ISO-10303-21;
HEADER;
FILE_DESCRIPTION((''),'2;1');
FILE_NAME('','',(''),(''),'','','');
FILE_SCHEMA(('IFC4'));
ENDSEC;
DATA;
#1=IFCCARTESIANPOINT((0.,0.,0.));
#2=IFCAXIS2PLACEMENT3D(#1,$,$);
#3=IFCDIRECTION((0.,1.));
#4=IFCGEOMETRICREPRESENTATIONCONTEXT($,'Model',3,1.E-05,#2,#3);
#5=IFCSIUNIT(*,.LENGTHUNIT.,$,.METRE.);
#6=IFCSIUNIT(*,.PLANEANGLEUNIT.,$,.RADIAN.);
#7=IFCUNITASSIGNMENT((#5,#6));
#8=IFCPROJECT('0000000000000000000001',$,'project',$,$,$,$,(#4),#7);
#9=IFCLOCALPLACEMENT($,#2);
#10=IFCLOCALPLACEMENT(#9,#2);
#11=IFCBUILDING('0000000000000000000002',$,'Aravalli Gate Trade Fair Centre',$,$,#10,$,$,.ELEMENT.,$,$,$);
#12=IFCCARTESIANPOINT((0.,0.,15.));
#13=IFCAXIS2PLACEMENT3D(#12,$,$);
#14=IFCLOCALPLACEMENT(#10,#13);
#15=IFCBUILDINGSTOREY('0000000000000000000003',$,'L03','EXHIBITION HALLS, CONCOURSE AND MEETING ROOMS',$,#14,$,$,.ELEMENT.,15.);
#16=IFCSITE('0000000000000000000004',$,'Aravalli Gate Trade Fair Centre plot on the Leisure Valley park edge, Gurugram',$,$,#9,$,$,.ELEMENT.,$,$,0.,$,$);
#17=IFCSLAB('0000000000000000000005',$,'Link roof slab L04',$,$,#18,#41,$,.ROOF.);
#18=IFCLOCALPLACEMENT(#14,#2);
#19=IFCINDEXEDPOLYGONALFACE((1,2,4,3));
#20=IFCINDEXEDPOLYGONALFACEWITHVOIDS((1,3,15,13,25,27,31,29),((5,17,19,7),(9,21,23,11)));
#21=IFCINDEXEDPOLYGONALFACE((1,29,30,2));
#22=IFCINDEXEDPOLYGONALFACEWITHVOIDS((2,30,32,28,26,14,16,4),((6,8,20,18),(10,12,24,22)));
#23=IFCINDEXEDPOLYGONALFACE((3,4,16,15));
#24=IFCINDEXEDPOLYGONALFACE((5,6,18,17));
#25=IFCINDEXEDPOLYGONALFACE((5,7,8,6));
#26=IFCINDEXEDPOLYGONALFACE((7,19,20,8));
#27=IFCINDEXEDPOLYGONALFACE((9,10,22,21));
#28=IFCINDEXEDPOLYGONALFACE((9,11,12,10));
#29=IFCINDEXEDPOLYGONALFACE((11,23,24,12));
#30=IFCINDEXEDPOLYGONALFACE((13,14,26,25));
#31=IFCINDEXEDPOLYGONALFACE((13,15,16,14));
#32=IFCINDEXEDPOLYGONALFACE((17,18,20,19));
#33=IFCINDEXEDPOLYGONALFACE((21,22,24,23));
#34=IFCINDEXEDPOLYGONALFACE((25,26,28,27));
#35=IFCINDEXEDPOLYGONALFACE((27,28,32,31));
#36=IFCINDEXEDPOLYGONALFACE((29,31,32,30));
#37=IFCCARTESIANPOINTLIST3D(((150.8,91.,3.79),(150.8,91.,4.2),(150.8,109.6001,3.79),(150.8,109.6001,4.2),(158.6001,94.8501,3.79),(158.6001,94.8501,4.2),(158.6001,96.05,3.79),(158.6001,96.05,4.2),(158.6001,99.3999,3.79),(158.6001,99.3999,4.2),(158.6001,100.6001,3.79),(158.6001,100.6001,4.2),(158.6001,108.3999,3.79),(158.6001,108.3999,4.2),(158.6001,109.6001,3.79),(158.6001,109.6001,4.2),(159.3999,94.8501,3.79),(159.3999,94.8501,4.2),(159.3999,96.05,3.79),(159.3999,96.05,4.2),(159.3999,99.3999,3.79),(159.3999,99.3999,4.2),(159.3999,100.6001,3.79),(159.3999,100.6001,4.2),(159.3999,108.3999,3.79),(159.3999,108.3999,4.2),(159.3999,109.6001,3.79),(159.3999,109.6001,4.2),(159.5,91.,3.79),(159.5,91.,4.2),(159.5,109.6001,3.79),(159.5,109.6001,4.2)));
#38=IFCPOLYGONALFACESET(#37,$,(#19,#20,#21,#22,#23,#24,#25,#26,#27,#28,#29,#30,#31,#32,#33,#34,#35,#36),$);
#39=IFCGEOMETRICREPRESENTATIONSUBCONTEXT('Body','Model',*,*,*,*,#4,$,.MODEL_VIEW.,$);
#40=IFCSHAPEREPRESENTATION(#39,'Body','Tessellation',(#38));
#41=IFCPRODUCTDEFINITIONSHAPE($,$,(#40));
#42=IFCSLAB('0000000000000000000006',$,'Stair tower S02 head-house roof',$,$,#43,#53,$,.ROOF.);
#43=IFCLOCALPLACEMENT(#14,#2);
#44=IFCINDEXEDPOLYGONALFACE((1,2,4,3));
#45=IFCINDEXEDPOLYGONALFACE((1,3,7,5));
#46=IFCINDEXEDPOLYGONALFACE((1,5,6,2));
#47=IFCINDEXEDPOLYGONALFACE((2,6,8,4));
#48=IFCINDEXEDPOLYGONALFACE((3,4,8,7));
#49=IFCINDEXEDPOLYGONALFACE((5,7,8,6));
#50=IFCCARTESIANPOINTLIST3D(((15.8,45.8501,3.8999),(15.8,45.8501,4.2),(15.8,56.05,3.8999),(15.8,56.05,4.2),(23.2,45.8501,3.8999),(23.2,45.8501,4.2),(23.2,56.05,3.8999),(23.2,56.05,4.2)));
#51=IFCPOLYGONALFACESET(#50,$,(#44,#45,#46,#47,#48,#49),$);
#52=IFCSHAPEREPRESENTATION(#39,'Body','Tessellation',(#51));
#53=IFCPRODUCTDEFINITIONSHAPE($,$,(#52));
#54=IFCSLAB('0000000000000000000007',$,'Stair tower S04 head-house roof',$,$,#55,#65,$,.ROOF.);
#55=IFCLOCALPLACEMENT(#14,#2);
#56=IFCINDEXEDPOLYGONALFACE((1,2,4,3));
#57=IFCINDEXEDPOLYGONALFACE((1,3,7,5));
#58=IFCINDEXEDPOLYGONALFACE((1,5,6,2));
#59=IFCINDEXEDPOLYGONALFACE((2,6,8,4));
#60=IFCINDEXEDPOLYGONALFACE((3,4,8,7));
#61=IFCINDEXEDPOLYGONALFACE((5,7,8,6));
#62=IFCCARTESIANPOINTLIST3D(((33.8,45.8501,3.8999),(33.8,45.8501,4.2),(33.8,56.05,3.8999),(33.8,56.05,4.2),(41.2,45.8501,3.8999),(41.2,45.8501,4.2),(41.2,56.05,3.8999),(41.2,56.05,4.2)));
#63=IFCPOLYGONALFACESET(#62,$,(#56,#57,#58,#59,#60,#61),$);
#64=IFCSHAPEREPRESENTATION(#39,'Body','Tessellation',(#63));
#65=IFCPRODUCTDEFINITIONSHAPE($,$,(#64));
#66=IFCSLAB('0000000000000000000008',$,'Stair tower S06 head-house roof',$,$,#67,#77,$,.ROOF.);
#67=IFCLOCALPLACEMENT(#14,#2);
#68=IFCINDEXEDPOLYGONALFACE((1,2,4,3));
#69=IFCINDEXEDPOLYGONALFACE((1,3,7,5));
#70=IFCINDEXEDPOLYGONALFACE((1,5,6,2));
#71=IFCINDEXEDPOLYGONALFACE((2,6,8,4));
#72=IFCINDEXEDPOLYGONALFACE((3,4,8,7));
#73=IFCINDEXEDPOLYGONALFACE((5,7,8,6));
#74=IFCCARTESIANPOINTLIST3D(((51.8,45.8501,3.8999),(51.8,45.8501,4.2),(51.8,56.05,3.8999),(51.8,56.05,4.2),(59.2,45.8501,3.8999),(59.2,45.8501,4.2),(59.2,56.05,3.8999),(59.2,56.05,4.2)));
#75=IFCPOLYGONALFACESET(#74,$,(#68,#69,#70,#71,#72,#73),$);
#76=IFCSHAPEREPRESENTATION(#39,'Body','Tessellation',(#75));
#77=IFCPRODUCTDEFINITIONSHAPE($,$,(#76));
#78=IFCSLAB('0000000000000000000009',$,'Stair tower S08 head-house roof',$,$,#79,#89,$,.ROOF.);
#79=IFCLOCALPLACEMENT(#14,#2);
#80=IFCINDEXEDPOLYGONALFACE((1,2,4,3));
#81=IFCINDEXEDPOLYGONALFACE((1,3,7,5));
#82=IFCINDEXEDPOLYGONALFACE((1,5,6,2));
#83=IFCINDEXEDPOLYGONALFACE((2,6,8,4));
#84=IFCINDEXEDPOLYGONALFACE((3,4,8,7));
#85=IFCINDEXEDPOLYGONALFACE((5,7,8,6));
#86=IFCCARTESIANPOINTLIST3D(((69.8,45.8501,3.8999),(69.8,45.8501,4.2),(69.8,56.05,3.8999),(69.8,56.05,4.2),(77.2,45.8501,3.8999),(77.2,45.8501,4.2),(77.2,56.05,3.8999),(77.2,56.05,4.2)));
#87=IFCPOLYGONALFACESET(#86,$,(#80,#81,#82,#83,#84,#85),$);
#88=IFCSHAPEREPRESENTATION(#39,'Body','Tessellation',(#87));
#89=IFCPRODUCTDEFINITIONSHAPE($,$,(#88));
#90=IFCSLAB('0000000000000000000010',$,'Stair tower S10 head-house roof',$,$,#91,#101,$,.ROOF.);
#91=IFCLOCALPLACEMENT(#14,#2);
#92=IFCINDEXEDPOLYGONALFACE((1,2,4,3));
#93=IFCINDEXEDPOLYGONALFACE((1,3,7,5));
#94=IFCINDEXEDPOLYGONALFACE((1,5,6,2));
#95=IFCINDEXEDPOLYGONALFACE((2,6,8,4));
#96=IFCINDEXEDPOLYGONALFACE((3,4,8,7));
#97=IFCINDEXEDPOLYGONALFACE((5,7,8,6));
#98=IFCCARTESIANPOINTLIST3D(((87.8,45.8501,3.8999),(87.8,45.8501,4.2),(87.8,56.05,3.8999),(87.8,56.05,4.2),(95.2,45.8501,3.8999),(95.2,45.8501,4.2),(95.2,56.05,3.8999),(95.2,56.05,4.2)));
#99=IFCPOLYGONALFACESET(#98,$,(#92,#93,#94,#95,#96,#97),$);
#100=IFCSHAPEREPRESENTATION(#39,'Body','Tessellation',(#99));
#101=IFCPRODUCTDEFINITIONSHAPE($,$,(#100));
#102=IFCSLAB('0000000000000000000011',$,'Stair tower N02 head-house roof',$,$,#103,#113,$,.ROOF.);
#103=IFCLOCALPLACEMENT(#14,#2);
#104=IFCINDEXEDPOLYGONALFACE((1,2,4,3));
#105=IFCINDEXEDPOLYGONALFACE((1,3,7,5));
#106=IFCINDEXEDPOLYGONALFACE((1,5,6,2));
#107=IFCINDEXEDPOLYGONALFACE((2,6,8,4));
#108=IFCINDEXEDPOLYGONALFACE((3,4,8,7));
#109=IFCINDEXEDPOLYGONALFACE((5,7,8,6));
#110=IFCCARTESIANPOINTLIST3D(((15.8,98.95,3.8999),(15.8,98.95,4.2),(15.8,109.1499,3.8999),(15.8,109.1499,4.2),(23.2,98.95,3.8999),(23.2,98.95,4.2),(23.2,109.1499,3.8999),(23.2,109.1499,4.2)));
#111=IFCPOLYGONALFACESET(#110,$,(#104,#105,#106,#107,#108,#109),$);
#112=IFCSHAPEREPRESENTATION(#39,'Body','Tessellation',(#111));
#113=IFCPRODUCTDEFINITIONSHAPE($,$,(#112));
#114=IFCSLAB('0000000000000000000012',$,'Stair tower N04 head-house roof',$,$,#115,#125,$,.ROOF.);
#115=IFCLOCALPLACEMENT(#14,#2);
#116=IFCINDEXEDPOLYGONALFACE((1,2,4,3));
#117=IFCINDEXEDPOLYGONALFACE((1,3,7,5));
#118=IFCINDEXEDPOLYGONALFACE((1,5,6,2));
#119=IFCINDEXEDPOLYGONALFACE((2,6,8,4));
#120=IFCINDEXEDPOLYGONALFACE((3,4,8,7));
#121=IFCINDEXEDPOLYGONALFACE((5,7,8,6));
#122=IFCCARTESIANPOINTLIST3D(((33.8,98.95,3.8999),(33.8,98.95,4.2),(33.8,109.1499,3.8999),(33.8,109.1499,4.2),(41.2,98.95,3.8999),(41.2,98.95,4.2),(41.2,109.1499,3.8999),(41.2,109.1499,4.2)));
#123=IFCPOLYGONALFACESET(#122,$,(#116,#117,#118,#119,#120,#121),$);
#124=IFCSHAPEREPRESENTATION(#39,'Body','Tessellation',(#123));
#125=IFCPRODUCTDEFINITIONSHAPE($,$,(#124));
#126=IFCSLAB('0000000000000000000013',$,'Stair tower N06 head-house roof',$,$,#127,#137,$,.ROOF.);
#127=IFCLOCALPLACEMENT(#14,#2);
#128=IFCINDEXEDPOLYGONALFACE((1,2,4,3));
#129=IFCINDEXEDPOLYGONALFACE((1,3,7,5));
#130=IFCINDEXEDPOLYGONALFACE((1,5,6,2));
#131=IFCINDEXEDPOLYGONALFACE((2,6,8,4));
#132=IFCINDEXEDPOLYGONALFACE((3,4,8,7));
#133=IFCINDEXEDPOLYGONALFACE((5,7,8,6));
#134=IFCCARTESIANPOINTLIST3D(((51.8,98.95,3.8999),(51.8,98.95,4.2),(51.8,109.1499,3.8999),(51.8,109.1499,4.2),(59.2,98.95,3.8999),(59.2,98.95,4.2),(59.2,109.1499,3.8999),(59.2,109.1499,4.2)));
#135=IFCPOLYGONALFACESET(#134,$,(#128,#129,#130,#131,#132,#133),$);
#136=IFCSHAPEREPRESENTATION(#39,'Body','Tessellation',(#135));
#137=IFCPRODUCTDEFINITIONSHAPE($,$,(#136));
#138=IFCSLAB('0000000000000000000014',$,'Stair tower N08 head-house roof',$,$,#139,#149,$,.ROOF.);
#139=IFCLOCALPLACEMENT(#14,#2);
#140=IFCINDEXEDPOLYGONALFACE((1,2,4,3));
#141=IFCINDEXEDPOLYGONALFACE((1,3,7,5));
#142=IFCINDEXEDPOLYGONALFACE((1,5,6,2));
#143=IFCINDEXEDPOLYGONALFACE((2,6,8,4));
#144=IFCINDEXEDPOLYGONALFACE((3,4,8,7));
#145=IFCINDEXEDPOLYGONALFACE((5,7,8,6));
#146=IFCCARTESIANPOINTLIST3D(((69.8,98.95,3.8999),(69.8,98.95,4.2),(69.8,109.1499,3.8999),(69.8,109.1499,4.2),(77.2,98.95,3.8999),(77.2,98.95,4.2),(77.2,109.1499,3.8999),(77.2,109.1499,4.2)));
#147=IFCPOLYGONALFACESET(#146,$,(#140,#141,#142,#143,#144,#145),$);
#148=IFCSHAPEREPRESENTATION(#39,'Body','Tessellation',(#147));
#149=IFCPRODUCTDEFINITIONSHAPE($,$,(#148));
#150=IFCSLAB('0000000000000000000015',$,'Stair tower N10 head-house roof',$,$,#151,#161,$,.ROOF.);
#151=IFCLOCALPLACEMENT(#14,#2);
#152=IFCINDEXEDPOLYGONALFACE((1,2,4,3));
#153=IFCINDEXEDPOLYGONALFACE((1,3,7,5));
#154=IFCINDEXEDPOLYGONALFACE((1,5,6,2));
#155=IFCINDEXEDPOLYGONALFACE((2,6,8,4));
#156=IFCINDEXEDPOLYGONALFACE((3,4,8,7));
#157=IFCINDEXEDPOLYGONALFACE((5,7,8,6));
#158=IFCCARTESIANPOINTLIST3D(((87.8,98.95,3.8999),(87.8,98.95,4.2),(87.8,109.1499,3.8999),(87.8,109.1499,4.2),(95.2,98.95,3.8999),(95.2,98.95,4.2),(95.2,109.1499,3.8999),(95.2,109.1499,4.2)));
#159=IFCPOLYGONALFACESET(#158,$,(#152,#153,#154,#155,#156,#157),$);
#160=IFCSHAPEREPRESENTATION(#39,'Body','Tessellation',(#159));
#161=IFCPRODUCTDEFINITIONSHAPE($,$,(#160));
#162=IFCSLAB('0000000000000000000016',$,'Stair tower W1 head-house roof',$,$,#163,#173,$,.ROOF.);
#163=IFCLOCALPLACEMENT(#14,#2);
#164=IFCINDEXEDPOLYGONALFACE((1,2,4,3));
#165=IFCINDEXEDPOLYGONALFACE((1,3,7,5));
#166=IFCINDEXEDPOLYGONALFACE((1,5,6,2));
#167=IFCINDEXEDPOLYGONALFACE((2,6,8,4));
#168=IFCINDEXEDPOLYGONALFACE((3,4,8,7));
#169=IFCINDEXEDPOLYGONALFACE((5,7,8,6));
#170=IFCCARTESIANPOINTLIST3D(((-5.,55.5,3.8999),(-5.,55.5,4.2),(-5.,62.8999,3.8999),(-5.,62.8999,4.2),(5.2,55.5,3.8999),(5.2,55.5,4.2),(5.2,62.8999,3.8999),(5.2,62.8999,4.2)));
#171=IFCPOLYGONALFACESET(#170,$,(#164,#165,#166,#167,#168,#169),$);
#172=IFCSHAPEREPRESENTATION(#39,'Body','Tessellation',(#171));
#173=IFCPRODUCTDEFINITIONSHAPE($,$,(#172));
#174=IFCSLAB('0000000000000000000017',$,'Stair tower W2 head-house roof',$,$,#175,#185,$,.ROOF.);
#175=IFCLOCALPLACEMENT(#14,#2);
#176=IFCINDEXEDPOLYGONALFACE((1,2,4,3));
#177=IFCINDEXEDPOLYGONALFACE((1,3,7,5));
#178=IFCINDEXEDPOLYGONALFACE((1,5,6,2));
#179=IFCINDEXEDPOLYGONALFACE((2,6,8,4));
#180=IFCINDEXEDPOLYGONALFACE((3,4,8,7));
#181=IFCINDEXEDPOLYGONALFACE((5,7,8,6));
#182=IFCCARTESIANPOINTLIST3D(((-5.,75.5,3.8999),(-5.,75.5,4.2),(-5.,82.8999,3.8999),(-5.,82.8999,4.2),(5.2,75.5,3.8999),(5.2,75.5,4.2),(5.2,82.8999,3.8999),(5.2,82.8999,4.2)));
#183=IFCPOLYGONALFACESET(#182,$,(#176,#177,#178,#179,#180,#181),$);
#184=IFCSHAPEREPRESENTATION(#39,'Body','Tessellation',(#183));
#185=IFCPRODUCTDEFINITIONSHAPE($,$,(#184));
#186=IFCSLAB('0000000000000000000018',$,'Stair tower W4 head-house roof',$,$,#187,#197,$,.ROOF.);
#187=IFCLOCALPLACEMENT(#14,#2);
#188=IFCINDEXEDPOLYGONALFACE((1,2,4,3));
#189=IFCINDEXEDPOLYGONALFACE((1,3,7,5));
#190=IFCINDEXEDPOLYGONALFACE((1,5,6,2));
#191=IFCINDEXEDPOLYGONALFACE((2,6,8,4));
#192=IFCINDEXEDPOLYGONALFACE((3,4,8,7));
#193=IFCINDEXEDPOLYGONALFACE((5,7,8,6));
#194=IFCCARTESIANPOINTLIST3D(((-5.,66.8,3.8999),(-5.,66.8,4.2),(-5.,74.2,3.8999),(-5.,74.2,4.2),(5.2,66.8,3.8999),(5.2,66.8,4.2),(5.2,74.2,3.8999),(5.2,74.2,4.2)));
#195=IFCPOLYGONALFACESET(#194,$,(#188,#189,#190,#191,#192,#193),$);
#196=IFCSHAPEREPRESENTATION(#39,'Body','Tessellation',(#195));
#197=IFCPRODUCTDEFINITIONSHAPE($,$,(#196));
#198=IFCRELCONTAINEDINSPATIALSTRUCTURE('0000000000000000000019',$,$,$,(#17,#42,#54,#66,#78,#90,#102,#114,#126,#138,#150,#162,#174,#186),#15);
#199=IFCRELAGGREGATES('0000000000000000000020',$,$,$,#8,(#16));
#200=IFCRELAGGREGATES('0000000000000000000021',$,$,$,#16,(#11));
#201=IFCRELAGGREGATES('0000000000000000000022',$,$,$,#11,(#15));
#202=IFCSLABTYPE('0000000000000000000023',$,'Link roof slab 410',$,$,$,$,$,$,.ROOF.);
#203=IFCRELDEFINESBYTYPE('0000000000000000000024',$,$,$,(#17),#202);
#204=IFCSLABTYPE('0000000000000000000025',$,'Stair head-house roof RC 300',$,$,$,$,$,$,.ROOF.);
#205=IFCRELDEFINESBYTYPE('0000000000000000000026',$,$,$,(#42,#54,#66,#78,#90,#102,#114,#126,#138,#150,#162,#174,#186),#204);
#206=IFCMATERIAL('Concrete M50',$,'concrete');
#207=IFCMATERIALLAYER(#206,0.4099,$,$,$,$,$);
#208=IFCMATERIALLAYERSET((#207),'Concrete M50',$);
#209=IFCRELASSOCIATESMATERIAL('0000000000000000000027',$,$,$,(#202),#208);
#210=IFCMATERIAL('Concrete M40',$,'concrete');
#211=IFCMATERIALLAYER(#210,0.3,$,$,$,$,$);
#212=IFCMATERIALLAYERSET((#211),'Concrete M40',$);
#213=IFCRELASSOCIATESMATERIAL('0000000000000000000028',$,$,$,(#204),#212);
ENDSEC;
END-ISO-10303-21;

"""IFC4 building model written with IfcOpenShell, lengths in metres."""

from ifc_helpers import new_model, si_unit, direction, frame, origin, place, context, subcontext, project, spatial, polyline, outline, extrude, material, layer, layer_set, type_object, element, save


model = new_model("IFC4")

# Units and contexts
model_context = context("Model", 3, precision=1e-05, world=origin(), true_north=direction((0.0, 1.0)))
body_context = subcontext(model_context, "Body", "Model", "MODEL_VIEW")
ifc_project = project(units=[si_unit("LENGTHUNIT", "METRE"), si_unit("PLANEANGLEUNIT", "RADIAN")], contexts=[model_context])

# Site, building, storey
site_placement = place(None, origin())
site = spatial("IfcSite", under=ifc_project, at=site_placement, Name="Aravalli Gate Trade Fair Centre plot on the Leisure Valley park edge, Gurugram", CompositionType="ELEMENT", RefElevation=0.0)
building_placement = place(site_placement, origin())
building = spatial("IfcBuilding", under=site, at=building_placement, Name="Aravalli Gate Trade Fair Centre", CompositionType="ELEMENT")
storey_placement = place(building_placement, frame((0.0, 0.0, 15.0)))
storey = spatial("IfcBuildingStorey", under=building, at=storey_placement, Name="L03", Description="EXHIBITION HALLS, CONCOURSE AND MEETING ROOMS", CompositionType="ELEMENT", Elevation=15.0)

# Slabs
ifc_material_1 = material(Name="Concrete M50", Category="concrete")
ifc_layer_1 = layer(ifc_material_1, 0.4099)
ifc_layer_set_1 = layer_set([ifc_layer_1], Name="Concrete M50")
slab_type_1 = type_object("IfcSlabType", Name="Link roof slab 410", PredefinedType="ROOF", material=ifc_layer_set_1)
slab_1_placement = place(storey_placement, frame((0.0, 0.0, 3.79)))
element("IfcSlab", 1, at=slab_1_placement, inside=storey, type_object=slab_type_1, Name="Link roof slab L04", PredefinedType="ROOF", context=body_context, shape_type="SweptSolid", body=[
    extrude(outline(polyline([(159.5, 109.6001), (159.5, 91.0), (150.8, 91.0), (150.8, 109.6001), (158.6001, 109.6001), (158.6001, 108.3999), (159.3999, 108.3999), (159.3999, 109.6001), (159.5, 109.6001)]), holes=[polyline([(159.3999, 94.8501), (159.3999, 96.05), (158.6001, 96.05), (158.6001, 94.8501), (159.3999, 94.8501)]), polyline([(158.6001, 99.3999), (159.3999, 99.3999), (159.3999, 100.6001), (158.6001, 100.6001), (158.6001, 99.3999)])]), origin(), (0.0, 0.0, 1.0), 0.4099),
])
ifc_material_2 = material(Name="Concrete M40", Category="concrete")
ifc_layer_2 = layer(ifc_material_2, 0.3)
ifc_layer_set_2 = layer_set([ifc_layer_2], Name="Concrete M40")
slab_type_2 = type_object("IfcSlabType", Name="Stair head-house roof RC 300", PredefinedType="ROOF", material=ifc_layer_set_2)
slab_2_placement = place(storey_placement, frame((0.0, 0.0, 3.8999)))
element("IfcSlab", 2, at=slab_2_placement, inside=storey, type_object=slab_type_2, Name="Stair tower S02 head-house roof", PredefinedType="ROOF", context=body_context, shape_type="SweptSolid", body=[
    extrude(outline(polyline([(15.8, 45.8501), (23.2, 45.8501), (23.2, 56.05), (15.8, 56.05), (15.8, 45.8501)])), origin(), (0.0, 0.0, 1.0), 0.3),
])
slab_3_placement = place(storey_placement, frame((0.0, 0.0, 3.8999)))
element("IfcSlab", 3, at=slab_3_placement, inside=storey, type_object=slab_type_2, Name="Stair tower S04 head-house roof", PredefinedType="ROOF", context=body_context, shape_type="SweptSolid", body=[
    extrude(outline(polyline([(33.8, 45.8501), (41.2, 45.8501), (41.2, 56.05), (33.8, 56.05), (33.8, 45.8501)])), origin(), (0.0, 0.0, 1.0), 0.3),
])
slab_4_placement = place(storey_placement, frame((0.0, 0.0, 3.8999)))
element("IfcSlab", 4, at=slab_4_placement, inside=storey, type_object=slab_type_2, Name="Stair tower S06 head-house roof", PredefinedType="ROOF", context=body_context, shape_type="SweptSolid", body=[
    extrude(outline(polyline([(51.8, 45.8501), (59.2, 45.8501), (59.2, 56.05), (51.8, 56.05), (51.8, 45.8501)])), origin(), (0.0, 0.0, 1.0), 0.3),
])
slab_5_placement = place(storey_placement, frame((0.0, 0.0, 3.8999)))
element("IfcSlab", 5, at=slab_5_placement, inside=storey, type_object=slab_type_2, Name="Stair tower S08 head-house roof", PredefinedType="ROOF", context=body_context, shape_type="SweptSolid", body=[
    extrude(outline(polyline([(69.8, 45.8501), (77.2, 45.8501), (77.2, 56.05), (69.8, 56.05), (69.8, 45.8501)])), origin(), (0.0, 0.0, 1.0), 0.3),
])
slab_6_placement = place(storey_placement, frame((0.0, 0.0, 3.8999)))
element("IfcSlab", 6, at=slab_6_placement, inside=storey, type_object=slab_type_2, Name="Stair tower S10 head-house roof", PredefinedType="ROOF", context=body_context, shape_type="SweptSolid", body=[
    extrude(outline(polyline([(87.8, 45.8501), (95.2, 45.8501), (95.2, 56.05), (87.8, 56.05), (87.8, 45.8501)])), origin(), (0.0, 0.0, 1.0), 0.3),
])
slab_7_placement = place(storey_placement, frame((0.0, 0.0, 3.8999)))
element("IfcSlab", 7, at=slab_7_placement, inside=storey, type_object=slab_type_2, Name="Stair tower N02 head-house roof", PredefinedType="ROOF", context=body_context, shape_type="SweptSolid", body=[
    extrude(outline(polyline([(15.8, 109.1499), (23.2, 109.1499), (23.2, 98.95), (15.8, 98.95), (15.8, 109.1499)])), origin(), (0.0, 0.0, 1.0), 0.3),
])
slab_8_placement = place(storey_placement, frame((0.0, 0.0, 3.8999)))
element("IfcSlab", 8, at=slab_8_placement, inside=storey, type_object=slab_type_2, Name="Stair tower N04 head-house roof", PredefinedType="ROOF", context=body_context, shape_type="SweptSolid", body=[
    extrude(outline(polyline([(33.8, 109.1499), (41.2, 109.1499), (41.2, 98.95), (33.8, 98.95), (33.8, 109.1499)])), origin(), (0.0, 0.0, 1.0), 0.3),
])
slab_9_placement = place(storey_placement, frame((0.0, 0.0, 3.8999)))
element("IfcSlab", 9, at=slab_9_placement, inside=storey, type_object=slab_type_2, Name="Stair tower N06 head-house roof", PredefinedType="ROOF", context=body_context, shape_type="SweptSolid", body=[
    extrude(outline(polyline([(51.8, 109.1499), (59.2, 109.1499), (59.2, 98.95), (51.8, 98.95), (51.8, 109.1499)])), origin(), (0.0, 0.0, 1.0), 0.3),
])
slab_10_placement = place(storey_placement, frame((0.0, 0.0, 3.8999)))
element("IfcSlab", 10, at=slab_10_placement, inside=storey, type_object=slab_type_2, Name="Stair tower N08 head-house roof", PredefinedType="ROOF", context=body_context, shape_type="SweptSolid", body=[
    extrude(outline(polyline([(69.8, 109.1499), (77.2, 109.1499), (77.2, 98.95), (69.8, 98.95), (69.8, 109.1499)])), origin(), (0.0, 0.0, 1.0), 0.3),
])
slab_11_placement = place(storey_placement, frame((0.0, 0.0, 3.8999)))
element("IfcSlab", 11, at=slab_11_placement, inside=storey, type_object=slab_type_2, Name="Stair tower N10 head-house roof", PredefinedType="ROOF", context=body_context, shape_type="SweptSolid", body=[
    extrude(outline(polyline([(87.8, 109.1499), (95.2, 109.1499), (95.2, 98.95), (87.8, 98.95), (87.8, 109.1499)])), origin(), (0.0, 0.0, 1.0), 0.3),
])
slab_12_placement = place(storey_placement, frame((0.0, 0.0, 3.8999)))
element("IfcSlab", 12, at=slab_12_placement, inside=storey, type_object=slab_type_2, Name="Stair tower W1 head-house roof", PredefinedType="ROOF", context=body_context, shape_type="SweptSolid", body=[
    extrude(outline(polyline([(5.2, 55.5), (5.2, 62.8999), (-5.0, 62.8999), (-5.0, 55.5), (5.2, 55.5)])), origin(), (0.0, 0.0, 1.0), 0.3),
])
slab_13_placement = place(storey_placement, frame((0.0, 0.0, 3.8999)))
element("IfcSlab", 13, at=slab_13_placement, inside=storey, type_object=slab_type_2, Name="Stair tower W2 head-house roof", PredefinedType="ROOF", context=body_context, shape_type="SweptSolid", body=[
    extrude(outline(polyline([(5.2, 75.5), (5.2, 82.8999), (-5.0, 82.8999), (-5.0, 75.5), (5.2, 75.5)])), origin(), (0.0, 0.0, 1.0), 0.3),
])
slab_14_placement = place(storey_placement, frame((0.0, 0.0, 3.8999)))
element("IfcSlab", 14, at=slab_14_placement, inside=storey, type_object=slab_type_2, Name="Stair tower W4 head-house roof", PredefinedType="ROOF", context=body_context, shape_type="SweptSolid", body=[
    extrude(outline(polyline([(5.2, 66.8), (5.2, 74.2), (-5.0, 74.2), (-5.0, 66.8), (5.2, 66.8)])), origin(), (0.0, 0.0, 1.0), 0.3),
])

save(model, "model.ifc")
